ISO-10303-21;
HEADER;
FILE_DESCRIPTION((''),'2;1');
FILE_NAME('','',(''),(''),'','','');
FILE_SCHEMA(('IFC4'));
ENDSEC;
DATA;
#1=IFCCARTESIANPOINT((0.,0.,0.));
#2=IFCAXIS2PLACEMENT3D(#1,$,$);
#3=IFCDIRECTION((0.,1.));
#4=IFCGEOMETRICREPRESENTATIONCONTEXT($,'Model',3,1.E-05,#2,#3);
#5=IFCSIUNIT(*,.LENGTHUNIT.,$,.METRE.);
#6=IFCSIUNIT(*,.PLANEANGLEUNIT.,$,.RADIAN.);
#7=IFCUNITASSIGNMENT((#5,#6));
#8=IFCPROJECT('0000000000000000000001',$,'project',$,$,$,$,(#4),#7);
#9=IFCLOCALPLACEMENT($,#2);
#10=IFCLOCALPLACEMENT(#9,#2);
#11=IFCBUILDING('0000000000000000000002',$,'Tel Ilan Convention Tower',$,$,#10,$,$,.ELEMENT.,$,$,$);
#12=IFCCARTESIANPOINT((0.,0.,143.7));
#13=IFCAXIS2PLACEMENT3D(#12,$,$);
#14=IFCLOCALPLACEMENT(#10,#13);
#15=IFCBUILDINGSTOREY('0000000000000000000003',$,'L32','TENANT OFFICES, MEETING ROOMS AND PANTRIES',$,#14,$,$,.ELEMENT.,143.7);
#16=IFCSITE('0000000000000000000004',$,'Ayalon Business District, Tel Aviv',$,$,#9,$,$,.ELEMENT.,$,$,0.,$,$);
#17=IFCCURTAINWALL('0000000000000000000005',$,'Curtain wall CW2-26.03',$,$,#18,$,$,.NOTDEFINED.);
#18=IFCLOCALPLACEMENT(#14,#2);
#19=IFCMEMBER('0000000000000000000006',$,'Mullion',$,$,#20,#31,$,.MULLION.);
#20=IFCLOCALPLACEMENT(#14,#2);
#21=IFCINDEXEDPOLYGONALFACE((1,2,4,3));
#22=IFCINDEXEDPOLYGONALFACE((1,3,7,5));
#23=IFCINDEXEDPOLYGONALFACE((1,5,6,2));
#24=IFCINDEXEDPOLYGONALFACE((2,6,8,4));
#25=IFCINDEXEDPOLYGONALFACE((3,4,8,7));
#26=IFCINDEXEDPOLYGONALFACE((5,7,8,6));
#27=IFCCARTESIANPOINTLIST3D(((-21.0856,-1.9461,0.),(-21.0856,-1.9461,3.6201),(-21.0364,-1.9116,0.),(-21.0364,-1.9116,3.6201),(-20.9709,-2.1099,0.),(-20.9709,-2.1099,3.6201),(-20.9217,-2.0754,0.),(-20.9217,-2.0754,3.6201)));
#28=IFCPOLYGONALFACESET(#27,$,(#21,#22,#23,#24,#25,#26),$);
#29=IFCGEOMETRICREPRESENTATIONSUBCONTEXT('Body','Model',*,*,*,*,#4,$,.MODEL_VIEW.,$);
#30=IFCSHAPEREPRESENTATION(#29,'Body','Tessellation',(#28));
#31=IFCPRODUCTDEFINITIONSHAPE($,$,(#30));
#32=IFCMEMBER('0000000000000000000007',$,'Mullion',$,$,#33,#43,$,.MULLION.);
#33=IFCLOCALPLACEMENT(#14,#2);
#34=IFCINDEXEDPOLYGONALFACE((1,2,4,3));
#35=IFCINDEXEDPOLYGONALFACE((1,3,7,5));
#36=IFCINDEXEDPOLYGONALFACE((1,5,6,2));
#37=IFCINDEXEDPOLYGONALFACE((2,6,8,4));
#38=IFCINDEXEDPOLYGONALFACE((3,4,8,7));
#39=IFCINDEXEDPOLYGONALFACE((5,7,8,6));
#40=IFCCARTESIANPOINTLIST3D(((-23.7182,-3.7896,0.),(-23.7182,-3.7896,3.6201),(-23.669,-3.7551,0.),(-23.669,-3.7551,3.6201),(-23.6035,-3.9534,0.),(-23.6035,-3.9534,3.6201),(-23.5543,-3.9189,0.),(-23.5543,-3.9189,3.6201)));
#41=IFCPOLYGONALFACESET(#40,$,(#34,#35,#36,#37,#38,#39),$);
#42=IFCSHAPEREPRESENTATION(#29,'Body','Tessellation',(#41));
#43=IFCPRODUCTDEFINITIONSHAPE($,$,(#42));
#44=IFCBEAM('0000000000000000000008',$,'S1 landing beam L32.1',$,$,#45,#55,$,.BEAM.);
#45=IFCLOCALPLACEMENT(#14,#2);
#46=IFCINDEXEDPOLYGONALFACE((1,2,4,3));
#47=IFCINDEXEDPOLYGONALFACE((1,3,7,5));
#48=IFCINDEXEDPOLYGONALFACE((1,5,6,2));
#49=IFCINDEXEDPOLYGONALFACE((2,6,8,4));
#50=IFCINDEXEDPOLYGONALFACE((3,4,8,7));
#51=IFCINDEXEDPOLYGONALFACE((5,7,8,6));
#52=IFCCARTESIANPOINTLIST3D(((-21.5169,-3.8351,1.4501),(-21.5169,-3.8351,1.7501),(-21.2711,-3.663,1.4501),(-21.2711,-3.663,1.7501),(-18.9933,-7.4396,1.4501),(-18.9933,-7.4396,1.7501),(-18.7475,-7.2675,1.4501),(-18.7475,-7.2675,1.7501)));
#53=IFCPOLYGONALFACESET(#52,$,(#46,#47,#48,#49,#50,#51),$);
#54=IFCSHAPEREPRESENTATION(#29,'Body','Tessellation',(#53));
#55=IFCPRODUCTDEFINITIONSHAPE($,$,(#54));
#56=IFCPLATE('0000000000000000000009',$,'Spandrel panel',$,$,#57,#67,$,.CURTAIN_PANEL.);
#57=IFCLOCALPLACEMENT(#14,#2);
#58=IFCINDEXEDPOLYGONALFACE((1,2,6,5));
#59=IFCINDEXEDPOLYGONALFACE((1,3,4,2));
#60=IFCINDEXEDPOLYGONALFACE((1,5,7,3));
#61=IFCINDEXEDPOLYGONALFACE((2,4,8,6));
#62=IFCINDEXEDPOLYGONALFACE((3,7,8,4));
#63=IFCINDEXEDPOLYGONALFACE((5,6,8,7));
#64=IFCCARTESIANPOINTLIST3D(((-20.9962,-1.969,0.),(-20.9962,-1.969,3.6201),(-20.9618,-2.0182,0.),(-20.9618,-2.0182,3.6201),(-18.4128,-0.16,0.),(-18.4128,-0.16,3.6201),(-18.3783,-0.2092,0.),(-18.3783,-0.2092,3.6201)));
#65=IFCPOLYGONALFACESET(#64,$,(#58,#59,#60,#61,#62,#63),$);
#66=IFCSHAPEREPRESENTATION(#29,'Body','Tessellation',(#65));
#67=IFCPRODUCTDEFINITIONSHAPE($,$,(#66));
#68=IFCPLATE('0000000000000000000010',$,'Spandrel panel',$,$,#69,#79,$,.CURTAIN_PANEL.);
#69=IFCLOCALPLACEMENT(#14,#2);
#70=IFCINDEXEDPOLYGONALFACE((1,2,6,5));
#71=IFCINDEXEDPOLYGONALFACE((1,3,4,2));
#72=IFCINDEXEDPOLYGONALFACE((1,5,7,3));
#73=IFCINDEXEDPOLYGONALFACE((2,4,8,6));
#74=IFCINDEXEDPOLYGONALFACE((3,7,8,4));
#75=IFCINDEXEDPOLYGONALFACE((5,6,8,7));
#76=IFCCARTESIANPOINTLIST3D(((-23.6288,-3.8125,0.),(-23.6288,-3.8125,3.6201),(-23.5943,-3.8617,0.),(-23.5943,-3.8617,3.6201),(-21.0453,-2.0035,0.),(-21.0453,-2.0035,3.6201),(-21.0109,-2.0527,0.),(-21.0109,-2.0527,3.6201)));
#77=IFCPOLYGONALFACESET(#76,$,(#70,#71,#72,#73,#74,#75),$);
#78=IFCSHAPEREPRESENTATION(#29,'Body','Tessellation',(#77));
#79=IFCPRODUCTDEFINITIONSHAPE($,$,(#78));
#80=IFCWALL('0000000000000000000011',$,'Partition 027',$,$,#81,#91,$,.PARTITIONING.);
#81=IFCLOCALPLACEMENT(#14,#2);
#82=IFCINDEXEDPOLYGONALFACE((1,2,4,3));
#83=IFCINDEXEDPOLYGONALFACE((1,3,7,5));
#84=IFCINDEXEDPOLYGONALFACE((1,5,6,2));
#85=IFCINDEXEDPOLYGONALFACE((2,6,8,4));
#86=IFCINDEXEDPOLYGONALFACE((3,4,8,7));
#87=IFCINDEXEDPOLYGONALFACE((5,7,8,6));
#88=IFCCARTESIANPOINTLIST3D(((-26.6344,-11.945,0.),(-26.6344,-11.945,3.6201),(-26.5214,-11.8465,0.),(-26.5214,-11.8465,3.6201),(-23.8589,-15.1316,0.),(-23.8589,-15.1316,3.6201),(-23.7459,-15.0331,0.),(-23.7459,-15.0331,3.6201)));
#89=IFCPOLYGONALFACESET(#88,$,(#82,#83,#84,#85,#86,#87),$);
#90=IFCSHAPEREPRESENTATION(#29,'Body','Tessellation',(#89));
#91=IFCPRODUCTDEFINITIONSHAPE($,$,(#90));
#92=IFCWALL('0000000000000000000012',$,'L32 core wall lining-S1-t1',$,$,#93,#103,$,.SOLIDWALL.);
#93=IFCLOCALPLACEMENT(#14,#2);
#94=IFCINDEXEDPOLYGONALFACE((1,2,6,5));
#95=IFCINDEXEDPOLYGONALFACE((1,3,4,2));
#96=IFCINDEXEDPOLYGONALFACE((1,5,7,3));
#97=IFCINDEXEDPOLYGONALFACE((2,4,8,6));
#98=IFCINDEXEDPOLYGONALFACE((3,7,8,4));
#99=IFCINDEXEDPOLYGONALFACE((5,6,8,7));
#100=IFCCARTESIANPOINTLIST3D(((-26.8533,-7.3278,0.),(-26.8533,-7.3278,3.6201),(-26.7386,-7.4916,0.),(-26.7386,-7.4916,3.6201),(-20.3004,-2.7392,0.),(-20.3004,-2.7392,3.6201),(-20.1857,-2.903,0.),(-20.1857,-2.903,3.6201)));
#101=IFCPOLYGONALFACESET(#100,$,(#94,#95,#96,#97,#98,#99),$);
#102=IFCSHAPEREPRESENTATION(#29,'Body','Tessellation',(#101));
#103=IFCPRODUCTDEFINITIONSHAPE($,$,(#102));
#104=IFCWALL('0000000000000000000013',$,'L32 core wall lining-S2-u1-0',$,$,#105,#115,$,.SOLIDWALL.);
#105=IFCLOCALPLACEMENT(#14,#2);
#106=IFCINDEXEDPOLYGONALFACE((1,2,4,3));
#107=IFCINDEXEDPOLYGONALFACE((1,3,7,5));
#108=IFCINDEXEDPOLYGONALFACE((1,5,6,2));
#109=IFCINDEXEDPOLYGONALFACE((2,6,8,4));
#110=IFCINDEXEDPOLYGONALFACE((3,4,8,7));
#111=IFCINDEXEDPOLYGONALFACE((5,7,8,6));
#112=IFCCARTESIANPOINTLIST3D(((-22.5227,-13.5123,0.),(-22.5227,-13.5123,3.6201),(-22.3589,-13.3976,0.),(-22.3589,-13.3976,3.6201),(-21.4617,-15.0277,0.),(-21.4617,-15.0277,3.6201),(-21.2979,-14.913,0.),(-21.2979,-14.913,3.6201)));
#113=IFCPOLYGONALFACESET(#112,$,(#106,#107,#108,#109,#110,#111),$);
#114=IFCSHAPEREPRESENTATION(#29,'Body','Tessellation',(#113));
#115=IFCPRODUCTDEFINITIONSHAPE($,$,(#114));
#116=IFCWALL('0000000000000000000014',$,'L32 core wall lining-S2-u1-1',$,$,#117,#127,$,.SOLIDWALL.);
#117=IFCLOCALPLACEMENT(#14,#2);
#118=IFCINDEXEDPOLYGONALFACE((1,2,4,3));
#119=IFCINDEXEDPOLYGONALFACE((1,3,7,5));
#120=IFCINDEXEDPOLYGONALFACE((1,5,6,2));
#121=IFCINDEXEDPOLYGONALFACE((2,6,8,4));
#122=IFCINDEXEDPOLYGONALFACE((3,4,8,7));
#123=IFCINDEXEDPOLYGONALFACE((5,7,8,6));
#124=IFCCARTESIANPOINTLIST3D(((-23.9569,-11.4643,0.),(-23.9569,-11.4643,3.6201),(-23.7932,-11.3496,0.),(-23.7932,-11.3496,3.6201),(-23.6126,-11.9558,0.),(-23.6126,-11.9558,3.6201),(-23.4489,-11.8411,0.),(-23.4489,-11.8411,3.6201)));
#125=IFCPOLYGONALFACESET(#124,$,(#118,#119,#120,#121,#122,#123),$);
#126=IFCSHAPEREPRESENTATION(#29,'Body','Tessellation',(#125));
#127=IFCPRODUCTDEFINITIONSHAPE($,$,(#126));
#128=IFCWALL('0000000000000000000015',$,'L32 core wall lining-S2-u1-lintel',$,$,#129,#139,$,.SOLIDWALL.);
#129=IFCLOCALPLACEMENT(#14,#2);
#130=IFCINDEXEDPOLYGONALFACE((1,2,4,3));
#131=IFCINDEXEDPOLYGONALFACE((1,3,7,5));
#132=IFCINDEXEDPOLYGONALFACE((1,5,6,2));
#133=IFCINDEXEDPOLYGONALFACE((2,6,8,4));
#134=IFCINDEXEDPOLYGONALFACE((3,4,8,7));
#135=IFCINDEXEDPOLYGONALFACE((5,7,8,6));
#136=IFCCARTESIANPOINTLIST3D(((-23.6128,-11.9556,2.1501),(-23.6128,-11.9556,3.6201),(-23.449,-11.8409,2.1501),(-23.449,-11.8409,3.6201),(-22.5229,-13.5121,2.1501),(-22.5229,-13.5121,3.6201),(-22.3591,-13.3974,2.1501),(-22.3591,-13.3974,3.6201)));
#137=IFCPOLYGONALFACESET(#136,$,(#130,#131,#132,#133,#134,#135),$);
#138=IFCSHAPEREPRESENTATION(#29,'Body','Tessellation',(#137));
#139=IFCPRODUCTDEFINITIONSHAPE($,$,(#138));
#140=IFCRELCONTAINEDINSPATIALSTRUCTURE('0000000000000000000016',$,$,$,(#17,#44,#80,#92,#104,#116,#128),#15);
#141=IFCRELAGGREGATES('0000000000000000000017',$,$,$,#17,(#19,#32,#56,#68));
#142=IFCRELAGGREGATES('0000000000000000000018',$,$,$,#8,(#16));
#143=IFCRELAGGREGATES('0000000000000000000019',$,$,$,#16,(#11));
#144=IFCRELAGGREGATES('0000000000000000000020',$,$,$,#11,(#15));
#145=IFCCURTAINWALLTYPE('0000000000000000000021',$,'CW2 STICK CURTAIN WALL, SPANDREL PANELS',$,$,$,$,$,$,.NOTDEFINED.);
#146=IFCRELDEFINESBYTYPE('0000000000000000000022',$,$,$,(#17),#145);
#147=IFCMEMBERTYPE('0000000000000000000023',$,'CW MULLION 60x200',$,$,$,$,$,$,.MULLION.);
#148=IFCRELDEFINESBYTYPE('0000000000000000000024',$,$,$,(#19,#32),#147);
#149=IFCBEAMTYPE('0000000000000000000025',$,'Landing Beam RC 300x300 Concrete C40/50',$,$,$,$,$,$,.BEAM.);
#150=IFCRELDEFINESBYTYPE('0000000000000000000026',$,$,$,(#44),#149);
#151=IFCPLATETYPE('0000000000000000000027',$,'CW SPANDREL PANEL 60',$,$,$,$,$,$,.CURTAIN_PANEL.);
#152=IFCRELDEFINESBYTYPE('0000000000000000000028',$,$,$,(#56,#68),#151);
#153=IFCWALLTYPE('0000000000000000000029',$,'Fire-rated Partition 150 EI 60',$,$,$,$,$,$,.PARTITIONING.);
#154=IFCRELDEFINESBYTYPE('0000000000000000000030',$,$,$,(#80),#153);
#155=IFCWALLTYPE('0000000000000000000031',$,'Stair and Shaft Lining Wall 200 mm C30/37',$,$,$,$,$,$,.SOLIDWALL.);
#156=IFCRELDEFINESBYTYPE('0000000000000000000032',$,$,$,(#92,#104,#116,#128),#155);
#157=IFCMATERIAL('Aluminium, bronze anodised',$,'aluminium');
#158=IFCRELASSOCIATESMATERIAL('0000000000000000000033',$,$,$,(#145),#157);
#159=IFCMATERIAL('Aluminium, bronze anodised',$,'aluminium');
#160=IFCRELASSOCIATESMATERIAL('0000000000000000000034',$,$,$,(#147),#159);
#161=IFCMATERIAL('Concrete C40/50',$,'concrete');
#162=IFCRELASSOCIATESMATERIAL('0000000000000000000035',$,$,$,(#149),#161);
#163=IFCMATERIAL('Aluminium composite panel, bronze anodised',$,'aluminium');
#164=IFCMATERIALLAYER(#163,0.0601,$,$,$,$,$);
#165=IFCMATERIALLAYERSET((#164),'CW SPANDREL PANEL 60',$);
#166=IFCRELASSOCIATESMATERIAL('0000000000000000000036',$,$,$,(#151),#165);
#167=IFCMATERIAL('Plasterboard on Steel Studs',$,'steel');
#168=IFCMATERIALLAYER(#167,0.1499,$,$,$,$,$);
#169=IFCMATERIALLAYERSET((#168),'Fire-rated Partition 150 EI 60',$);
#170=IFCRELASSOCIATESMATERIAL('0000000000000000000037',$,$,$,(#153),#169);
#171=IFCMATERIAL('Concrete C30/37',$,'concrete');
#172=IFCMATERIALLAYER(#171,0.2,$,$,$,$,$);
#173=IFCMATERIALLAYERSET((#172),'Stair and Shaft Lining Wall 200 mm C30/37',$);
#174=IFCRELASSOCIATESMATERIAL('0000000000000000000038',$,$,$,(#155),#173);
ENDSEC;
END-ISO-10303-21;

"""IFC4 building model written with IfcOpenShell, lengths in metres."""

from ifc_helpers import new_model, si_unit, direction, frame, frame_2d, origin, origin_2d, place, context, subcontext, project, spatial, rectangle, extrude, material, layer, layer_set, material_profile, profile_set, type_object, element, aggregate, save


model = new_model("IFC4")

# Units and contexts
model_context = context("Model", 3, precision=1e-05, world=origin(), true_north=direction((0.0, 1.0)))
body_context = subcontext(model_context, "Body", "Model", "MODEL_VIEW")
ifc_project = project(units=[si_unit("LENGTHUNIT", "METRE"), si_unit("PLANEANGLEUNIT", "RADIAN")], contexts=[model_context])

# Site, building, storey
site_placement = place(None, origin())
site = spatial("IfcSite", under=ifc_project, at=site_placement, Name="Ayalon Business District, Tel Aviv", CompositionType="ELEMENT", RefElevation=0.0)
building_placement = place(site_placement, origin())
building = spatial("IfcBuilding", under=site, at=building_placement, Name="Tel Ilan Convention Tower", CompositionType="ELEMENT")
storey_placement = place(building_placement, frame((0.0, 0.0, 143.7)))
storey = spatial("IfcBuildingStorey", under=building, at=storey_placement, Name="L32", Description="TENANT OFFICES, MEETING ROOMS AND PANTRIES", CompositionType="ELEMENT", Elevation=143.7)

# Curtain wall, members
ifc_material_1 = material(Name="Aluminium, bronze anodised", Category="aluminium")
curtain_wall_type = type_object("IfcCurtainWallType", Name="CW2 STICK CURTAIN WALL, SPANDREL PANELS", PredefinedType="NOTDEFINED", material=ifc_material_1)
curtain_wall_placement = place(storey_placement, origin())
curtain_wall = element("IfcCurtainWall", 1, at=curtain_wall_placement, inside=storey, type_object=curtain_wall_type, Name="Curtain wall CW2-26.03", PredefinedType="NOTDEFINED")
ifc_material_2 = material(Name="Aluminium, bronze anodised", Category="aluminium")
ifc_material_profile_1 = material_profile(ifc_material_2, rectangle(XDim=0.0601, YDim=0.2, at=origin_2d()), Name="CW MULLION 60x200")
ifc_profile_set_1 = profile_set([ifc_material_profile_1], Name="Aluminium, bronze anodised")
member_type = type_object("IfcMemberType", Name="CW MULLION 60x200", PredefinedType="MULLION", material=ifc_profile_set_1)
member_1_placement = place(storey_placement, frame((-21.0037, -2.0107, 0.0), z_axis=(0.0, 0.0, 1.0), x_axis=(-0.819152, -0.573576, 0.0)))
member_1 = element("IfcMember", 2, at=member_1_placement, type_object=member_type, Name="Mullion", PredefinedType="MULLION", context=body_context, shape_type="SweptSolid", body=[
    extrude(rectangle(XDim=0.0601, YDim=0.2, at=origin_2d()), origin(), (0.0, 0.0, 1.0), 3.6201),
])
member_2_placement = place(storey_placement, frame((-23.6362, -3.8542, 0.0), z_axis=(0.0, 0.0, 1.0), x_axis=(-0.819152, -0.573576, 0.0)))
member_2 = element("IfcMember", 3, at=member_2_placement, type_object=member_type, Name="Mullion", PredefinedType="MULLION", context=body_context, shape_type="SweptSolid", body=[
    extrude(rectangle(XDim=0.0601, YDim=0.2, at=origin_2d()), origin(), (0.0, 0.0, 1.0), 3.6201),
])

# Beam
ifc_material_3 = material(Name="Concrete C40/50", Category="concrete")
ifc_material_profile_2 = material_profile(ifc_material_3, rectangle(XDim=0.3, YDim=0.3, at=origin_2d()), Name="RC 300x300")
ifc_profile_set_2 = profile_set([ifc_material_profile_2], Name="Concrete C40/50")
beam_type = type_object("IfcBeamType", Name="Landing Beam RC 300x300 Concrete C40/50", PredefinedType="BEAM", material=ifc_profile_set_2)
beam_placement = place(storey_placement, frame((-18.8704, -7.3535, 1.6001), z_axis=(-0.573544, 0.819175, 0.0), x_axis=(-0.819175, -0.573544, 0.0)))
element("IfcBeam", 4, at=beam_placement, inside=storey, type_object=beam_type, Name="S1 landing beam L32.1", PredefinedType="BEAM", context=body_context, shape_type="SweptSolid", body=[
    extrude(rectangle(XDim=0.3, YDim=0.3, at=origin_2d()), origin(), (0.0, 0.0, 1.0), 4.4001),
])

# Plates
ifc_material_4 = material(Name="Aluminium composite panel, bronze anodised", Category="aluminium")
ifc_layer_1 = layer(ifc_material_4, 0.0601)
ifc_layer_set_1 = layer_set([ifc_layer_1], Name="CW SPANDREL PANEL 60")
plate_type = type_object("IfcPlateType", Name="CW SPANDREL PANEL 60", PredefinedType="CURTAIN_PANEL", material=ifc_layer_set_1)
plate_1_placement = place(storey_placement, frame((-19.6873, -1.0891, 0.0), z_axis=(0.0, 0.0, 1.0), x_axis=(-0.819152, -0.573576, 0.0)))
plate_1 = element("IfcPlate", 5, at=plate_1_placement, type_object=plate_type, Name="Spandrel panel", PredefinedType="CURTAIN_PANEL", context=body_context, shape_type="SweptSolid", body=[
    extrude(rectangle(XDim=3.1538, YDim=0.0601, at=origin_2d()), origin(), (0.0, 0.0, 1.0), 3.6201),
])
plate_2_placement = place(storey_placement, frame((-22.3198, -2.9326, 0.0), z_axis=(0.0, 0.0, 1.0), x_axis=(-0.819152, -0.573576, 0.0)))
plate_2 = element("IfcPlate", 6, at=plate_2_placement, type_object=plate_type, Name="Spandrel panel", PredefinedType="CURTAIN_PANEL", context=body_context, shape_type="SweptSolid", body=[
    extrude(rectangle(XDim=3.1538, YDim=0.0601, at=origin_2d()), origin(), (0.0, 0.0, 1.0), 3.6201),
])
aggregate(curtain_wall, [member_1, member_2, plate_1, plate_2])

# Walls
ifc_material_5 = material(Name="Plasterboard on Steel Studs", Category="steel")
ifc_layer_2 = layer(ifc_material_5, 0.1499)
ifc_layer_set_2 = layer_set([ifc_layer_2], Name="Fire-rated Partition 150 EI 60")
wall_type_1 = type_object("IfcWallType", Name="Fire-rated Partition 150 EI 60", PredefinedType="PARTITIONING", material=ifc_layer_set_2)
wall_1_placement = place(storey_placement, frame((-23.8025, -15.0823, 0.0), z_axis=(0.0, 0.0, 1.0), x_axis=(-0.656785, 0.754078, 0.0)))
element("IfcWall", 7, at=wall_1_placement, inside=storey, type_object=wall_type_1, Name="Partition 027", PredefinedType="PARTITIONING", context=body_context, shape_type="SweptSolid", body=[
    extrude(rectangle(XDim=4.2258, YDim=0.1499, at=frame_2d((2.1128, 0.0))), origin(), (0.0, 0.0, 1.0), 3.6201),
])
ifc_material_6 = material(Name="Concrete C30/37", Category="concrete")
ifc_layer_3 = layer(ifc_material_6, 0.2)
ifc_layer_set_3 = layer_set([ifc_layer_3], Name="Stair and Shaft Lining Wall 200 mm C30/37")
wall_type_2 = type_object("IfcWallType", Name="Stair and Shaft Lining Wall 200 mm C30/37", PredefinedType="SOLIDWALL", material=ifc_layer_set_3)
wall_2_placement = place(storey_placement, frame((-20.2429, -2.821, 0.0), z_axis=(0.0, 0.0, 1.0), x_axis=(-0.819142, -0.573591, 0.0)))
element("IfcWall", 8, at=wall_2_placement, inside=storey, type_object=wall_type_2, Name="L32 core wall lining-S1-t1", PredefinedType="SOLIDWALL", context=body_context, shape_type="SweptSolid", body=[
    extrude(rectangle(XDim=7.9998, YDim=0.2, at=frame_2d((4.0, 0.0))), origin(), (0.0, 0.0, 1.0), 3.6201),
])
wall_3_placement = place(storey_placement, frame((-21.3799, -14.9702, 0.0), z_axis=(0.0, 0.0, 1.0), x_axis=(-0.57356, 0.819164, 0.0)))
element("IfcWall", 9, at=wall_3_placement, inside=storey, type_object=wall_type_2, Name="L32 core wall lining-S2-u1-0", PredefinedType="SOLIDWALL", context=body_context, shape_type="SweptSolid", body=[
    extrude(rectangle(XDim=1.8499, YDim=0.2, at=frame_2d((0.9248, 0.0))), origin(), (0.0, 0.0, 1.0), 3.6201),
])
wall_4_placement = place(storey_placement, frame((-23.5308, -11.8984, 0.0), z_axis=(0.0, 0.0, 1.0), x_axis=(-0.573708, 0.81906, 0.0)))
element("IfcWall", 10, at=wall_4_placement, inside=storey, type_object=wall_type_2, Name="L32 core wall lining-S2-u1-1", PredefinedType="SOLIDWALL", context=body_context, shape_type="SweptSolid", body=[
    extrude(rectangle(XDim=0.6001, YDim=0.2, at=frame_2d((0.3, 0.0))), origin(), (0.0, 0.0, 1.0), 3.6201),
])
wall_5_placement = place(storey_placement, frame((-22.4409, -13.4548, 2.1501), z_axis=(0.0, 0.0, 1.0), x_axis=(-0.573592, 0.819141, 0.0)))
element("IfcWall", 11, at=wall_5_placement, inside=storey, type_object=wall_type_2, Name="L32 core wall lining-S2-u1-lintel", PredefinedType="SOLIDWALL", context=body_context, shape_type="SweptSolid", body=[
    extrude(rectangle(XDim=1.9001, YDim=0.2, at=frame_2d((0.9502, 0.0))), origin(), (0.0, 0.0, 1.0), 1.47),
])

save(model, "model.ifc")
